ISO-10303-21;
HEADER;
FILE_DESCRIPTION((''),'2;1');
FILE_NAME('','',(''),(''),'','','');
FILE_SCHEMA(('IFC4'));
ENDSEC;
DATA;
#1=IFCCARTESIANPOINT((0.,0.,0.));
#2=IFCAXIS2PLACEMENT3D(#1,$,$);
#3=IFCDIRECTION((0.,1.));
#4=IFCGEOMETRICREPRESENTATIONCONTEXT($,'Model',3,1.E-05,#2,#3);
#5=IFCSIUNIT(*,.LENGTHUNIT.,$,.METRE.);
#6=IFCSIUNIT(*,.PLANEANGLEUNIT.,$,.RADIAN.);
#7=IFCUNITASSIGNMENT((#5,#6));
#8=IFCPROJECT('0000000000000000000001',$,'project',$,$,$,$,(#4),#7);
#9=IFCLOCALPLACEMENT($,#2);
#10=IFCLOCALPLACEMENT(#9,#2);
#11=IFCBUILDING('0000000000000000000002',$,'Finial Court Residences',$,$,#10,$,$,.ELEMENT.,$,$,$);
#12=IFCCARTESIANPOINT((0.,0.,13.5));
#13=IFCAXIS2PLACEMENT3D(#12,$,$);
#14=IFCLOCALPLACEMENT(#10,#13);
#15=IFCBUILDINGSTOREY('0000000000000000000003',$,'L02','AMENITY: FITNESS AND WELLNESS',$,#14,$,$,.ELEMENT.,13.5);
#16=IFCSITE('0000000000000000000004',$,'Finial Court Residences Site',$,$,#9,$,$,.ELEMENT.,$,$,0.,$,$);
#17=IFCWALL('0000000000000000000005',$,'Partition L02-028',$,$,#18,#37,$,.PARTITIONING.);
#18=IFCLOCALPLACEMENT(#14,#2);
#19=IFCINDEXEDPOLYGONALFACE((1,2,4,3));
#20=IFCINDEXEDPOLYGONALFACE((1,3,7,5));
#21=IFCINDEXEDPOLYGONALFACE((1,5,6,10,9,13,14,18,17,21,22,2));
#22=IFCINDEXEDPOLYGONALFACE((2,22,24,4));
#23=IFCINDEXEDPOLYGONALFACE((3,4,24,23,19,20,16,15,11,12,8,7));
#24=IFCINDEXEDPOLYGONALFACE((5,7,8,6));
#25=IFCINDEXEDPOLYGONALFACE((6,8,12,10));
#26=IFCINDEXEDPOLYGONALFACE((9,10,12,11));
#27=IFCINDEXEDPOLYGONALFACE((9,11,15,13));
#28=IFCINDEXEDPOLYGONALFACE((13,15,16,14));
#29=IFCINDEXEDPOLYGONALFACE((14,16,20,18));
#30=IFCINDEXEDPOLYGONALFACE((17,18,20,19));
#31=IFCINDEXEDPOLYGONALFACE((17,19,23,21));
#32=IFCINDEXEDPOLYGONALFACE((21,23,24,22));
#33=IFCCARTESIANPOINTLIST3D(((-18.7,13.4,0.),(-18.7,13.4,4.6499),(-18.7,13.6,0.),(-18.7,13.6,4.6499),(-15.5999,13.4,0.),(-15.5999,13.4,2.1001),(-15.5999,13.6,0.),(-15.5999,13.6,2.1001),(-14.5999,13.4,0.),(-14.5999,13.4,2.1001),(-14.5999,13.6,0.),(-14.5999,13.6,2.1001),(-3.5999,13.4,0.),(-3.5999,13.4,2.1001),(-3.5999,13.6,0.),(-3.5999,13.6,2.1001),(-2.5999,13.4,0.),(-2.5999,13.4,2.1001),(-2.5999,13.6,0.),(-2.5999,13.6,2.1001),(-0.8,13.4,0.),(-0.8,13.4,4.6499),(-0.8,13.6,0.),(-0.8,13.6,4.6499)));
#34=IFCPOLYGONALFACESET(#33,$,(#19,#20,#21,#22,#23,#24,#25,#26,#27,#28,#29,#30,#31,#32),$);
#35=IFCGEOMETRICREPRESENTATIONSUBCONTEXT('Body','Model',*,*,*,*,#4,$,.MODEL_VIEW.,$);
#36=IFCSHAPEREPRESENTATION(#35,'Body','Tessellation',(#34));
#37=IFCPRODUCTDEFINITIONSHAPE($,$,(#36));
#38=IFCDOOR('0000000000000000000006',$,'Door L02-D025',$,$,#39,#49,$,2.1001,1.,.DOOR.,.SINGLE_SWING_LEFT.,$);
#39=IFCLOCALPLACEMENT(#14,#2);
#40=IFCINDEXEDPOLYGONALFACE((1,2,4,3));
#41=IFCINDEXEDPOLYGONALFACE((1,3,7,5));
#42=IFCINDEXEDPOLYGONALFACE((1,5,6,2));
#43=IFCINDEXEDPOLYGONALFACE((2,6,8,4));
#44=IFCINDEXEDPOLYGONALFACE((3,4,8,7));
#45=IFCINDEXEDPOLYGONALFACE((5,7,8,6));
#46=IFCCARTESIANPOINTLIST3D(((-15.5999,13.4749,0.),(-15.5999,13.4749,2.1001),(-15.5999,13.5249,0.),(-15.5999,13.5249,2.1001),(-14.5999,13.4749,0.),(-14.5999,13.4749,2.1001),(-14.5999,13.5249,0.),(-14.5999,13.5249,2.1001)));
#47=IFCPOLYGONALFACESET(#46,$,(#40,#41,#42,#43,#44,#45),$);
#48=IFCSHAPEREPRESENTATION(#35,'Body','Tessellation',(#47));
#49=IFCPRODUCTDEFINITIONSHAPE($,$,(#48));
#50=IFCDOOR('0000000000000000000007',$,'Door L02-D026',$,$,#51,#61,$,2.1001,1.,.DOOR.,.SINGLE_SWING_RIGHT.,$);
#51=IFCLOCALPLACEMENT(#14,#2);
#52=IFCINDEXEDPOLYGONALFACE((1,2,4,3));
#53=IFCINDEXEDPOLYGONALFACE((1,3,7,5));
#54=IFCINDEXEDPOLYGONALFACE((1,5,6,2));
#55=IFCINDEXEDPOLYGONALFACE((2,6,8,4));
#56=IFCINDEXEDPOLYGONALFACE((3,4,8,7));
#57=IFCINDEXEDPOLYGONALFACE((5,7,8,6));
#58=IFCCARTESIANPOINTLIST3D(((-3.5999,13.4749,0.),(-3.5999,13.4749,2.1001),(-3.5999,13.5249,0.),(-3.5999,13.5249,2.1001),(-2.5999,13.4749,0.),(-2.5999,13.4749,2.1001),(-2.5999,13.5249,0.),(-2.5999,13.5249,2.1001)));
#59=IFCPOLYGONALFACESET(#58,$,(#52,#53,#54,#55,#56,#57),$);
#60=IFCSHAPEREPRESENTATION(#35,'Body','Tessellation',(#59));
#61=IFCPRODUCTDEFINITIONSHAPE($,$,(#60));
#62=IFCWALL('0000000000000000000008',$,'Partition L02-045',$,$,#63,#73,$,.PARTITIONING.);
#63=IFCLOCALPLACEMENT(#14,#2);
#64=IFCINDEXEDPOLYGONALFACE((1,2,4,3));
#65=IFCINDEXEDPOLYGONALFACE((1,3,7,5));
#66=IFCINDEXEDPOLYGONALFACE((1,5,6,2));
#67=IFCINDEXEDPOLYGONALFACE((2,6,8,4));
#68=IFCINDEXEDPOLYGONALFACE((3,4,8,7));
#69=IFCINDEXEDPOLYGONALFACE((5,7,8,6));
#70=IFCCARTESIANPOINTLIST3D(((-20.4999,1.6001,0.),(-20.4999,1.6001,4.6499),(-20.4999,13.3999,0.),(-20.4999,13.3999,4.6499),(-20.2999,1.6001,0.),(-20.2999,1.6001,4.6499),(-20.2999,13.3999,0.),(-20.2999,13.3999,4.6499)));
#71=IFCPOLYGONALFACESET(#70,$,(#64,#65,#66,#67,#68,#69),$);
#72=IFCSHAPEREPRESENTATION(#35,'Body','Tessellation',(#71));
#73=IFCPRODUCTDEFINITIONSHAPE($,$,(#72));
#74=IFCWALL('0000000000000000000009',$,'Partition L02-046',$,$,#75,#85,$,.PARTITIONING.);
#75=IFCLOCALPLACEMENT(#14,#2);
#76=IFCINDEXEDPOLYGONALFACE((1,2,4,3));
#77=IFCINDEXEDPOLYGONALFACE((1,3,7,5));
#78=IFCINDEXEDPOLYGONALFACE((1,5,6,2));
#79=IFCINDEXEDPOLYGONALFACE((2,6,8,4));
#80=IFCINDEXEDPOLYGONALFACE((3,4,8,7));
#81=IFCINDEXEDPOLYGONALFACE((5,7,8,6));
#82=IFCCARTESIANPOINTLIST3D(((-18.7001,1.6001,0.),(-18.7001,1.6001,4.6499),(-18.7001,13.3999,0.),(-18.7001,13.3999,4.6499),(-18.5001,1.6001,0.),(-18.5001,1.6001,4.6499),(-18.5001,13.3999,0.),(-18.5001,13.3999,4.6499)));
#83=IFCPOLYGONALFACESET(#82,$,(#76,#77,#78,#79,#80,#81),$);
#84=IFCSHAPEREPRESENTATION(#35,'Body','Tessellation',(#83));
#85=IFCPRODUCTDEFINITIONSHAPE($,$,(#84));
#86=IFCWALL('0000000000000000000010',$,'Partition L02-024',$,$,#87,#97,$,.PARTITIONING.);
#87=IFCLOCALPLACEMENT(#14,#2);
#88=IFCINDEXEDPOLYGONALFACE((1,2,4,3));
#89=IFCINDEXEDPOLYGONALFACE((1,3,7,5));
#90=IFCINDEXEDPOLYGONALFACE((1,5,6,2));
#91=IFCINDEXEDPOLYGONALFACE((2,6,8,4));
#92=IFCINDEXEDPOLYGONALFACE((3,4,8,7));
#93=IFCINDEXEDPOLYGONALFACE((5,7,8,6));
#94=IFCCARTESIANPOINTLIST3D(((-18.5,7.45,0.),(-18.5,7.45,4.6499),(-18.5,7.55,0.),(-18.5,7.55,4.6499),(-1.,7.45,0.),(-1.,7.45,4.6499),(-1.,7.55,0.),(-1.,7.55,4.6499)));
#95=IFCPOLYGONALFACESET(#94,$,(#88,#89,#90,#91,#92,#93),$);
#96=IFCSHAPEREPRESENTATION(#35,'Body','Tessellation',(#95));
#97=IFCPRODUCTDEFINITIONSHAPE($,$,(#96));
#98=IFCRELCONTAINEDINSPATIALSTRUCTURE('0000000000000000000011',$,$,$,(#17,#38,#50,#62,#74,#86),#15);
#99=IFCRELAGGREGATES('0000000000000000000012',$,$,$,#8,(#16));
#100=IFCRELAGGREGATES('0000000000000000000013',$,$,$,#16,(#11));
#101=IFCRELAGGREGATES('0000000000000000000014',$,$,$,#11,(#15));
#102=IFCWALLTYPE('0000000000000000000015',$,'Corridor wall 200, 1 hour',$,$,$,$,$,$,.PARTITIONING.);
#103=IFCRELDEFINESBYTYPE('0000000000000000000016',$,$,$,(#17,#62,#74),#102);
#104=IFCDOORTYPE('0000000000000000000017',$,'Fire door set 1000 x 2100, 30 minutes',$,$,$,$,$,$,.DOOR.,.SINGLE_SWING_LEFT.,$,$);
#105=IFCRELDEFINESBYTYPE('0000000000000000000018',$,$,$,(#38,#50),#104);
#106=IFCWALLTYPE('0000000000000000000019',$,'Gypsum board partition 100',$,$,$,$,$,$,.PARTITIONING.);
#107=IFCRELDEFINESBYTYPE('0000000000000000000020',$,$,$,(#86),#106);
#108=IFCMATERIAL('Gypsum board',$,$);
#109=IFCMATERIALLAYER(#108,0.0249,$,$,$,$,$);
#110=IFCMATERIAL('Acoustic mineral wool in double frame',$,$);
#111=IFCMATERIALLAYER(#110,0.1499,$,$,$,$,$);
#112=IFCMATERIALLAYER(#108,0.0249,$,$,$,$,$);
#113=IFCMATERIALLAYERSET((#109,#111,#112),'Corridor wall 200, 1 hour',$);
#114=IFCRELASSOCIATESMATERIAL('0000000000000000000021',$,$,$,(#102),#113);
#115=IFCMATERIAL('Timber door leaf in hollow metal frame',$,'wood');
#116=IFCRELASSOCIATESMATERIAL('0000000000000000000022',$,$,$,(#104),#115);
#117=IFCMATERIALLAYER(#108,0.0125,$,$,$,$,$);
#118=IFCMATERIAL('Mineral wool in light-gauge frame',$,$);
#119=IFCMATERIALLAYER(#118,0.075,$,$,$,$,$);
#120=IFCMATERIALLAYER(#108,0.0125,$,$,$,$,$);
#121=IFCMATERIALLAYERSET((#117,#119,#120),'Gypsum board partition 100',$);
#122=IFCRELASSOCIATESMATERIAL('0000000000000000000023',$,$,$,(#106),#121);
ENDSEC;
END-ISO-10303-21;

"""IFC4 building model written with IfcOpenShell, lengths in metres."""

from ifc_helpers import new_model, si_unit, direction, frame, frame_2d, origin, place, context, subcontext, project, spatial, rectangle, extrude, material, layer, layer_set, type_object, element, fill, save


model = new_model("IFC4")

# Units and contexts
model_context = context("Model", 3, precision=1e-05, world=origin(), true_north=direction((0.0, 1.0)))
body_context = subcontext(model_context, "Body", "Model", "MODEL_VIEW")
ifc_project = project(units=[si_unit("LENGTHUNIT", "METRE"), si_unit("PLANEANGLEUNIT", "RADIAN")], contexts=[model_context])

# Site, building, storey
site_placement = place(None, origin())
site = spatial("IfcSite", under=ifc_project, at=site_placement, Name="Finial Court Residences Site", CompositionType="ELEMENT", RefElevation=0.0)
building_placement = place(site_placement, origin())
building = spatial("IfcBuilding", under=site, at=building_placement, Name="Finial Court Residences", CompositionType="ELEMENT")
storey_placement = place(building_placement, frame((0.0, 0.0, 13.5)))
storey = spatial("IfcBuildingStorey", under=building, at=storey_placement, Name="L02", Description="AMENITY: FITNESS AND WELLNESS", CompositionType="ELEMENT", Elevation=13.5)

# Wall, openings, doors
ifc_material_1 = material(Name="Gypsum board")
ifc_layer_1 = layer(ifc_material_1, 0.0249)
ifc_material_2 = material(Name="Acoustic mineral wool in double frame")
ifc_layer_2 = layer(ifc_material_2, 0.1499)
ifc_layer_3 = layer(ifc_material_1, 0.0249)
ifc_layer_set_1 = layer_set([ifc_layer_1, ifc_layer_2, ifc_layer_3], Name="Corridor wall 200, 1 hour")
wall_type_1 = type_object("IfcWallType", Name="Corridor wall 200, 1 hour", PredefinedType="PARTITIONING", material=ifc_layer_set_1)
ifc_material_3 = material(Name="Timber door leaf in hollow metal frame", Category="wood")
door_type = type_object("IfcDoorType", Name="Fire door set 1000 x 2100, 30 minutes", OperationType="SINGLE_SWING_LEFT", PredefinedType="DOOR", material=ifc_material_3)
wall_1_placement = place(storey_placement, frame((-18.7, 13.5, 0.0), z_axis=(0.0, 0.0, 1.0), x_axis=(1.0, 0.0, 0.0)))
wall_1 = element("IfcWall", 1, at=wall_1_placement, inside=storey, type_object=wall_type_1, Name="Partition L02-028", PredefinedType="PARTITIONING", context=body_context, shape_type="SweptSolid", body=[
    extrude(rectangle(XDim=17.8999, YDim=0.2, at=frame_2d((8.95, 0.0))), origin(), (0.0, 0.0, 1.0), 4.6499),
])
opening_1_placement = place(wall_1_placement, frame((3.1001, 0.0, 0.0)))
opening_1 = element("IfcOpeningElement", 2, at=opening_1_placement, cuts=wall_1, PredefinedType="OPENING", context=body_context, shape_type="SweptSolid", body=[
    extrude(rectangle(XDim=1.0, YDim=2.1001, at=frame_2d((0.5, 1.05))), frame((0.0, 0.1099, 0.0), z_axis=(0.0, -1.0, 0.0), x_axis=(1.0, 0.0, 0.0)), (0.0, 0.0, 1.0), 0.22),
])
opening_2_placement = place(wall_1_placement, frame((15.1001, 0.0, 0.0)))
opening_2 = element("IfcOpeningElement", 3, at=opening_2_placement, cuts=wall_1, PredefinedType="OPENING", context=body_context, shape_type="SweptSolid", body=[
    extrude(rectangle(XDim=1.0, YDim=2.1001, at=frame_2d((0.5, 1.05))), frame((0.0, 0.1099, 0.0), z_axis=(0.0, -1.0, 0.0), x_axis=(1.0, 0.0, 0.0)), (0.0, 0.0, 1.0), 0.22),
])
door_1_placement = place(opening_1_placement, origin())
door_1 = element("IfcDoor", 4, at=door_1_placement, inside=storey, type_object=door_type, Name="Door L02-D025", OperationType="SINGLE_SWING_LEFT", OverallHeight=2.1001, OverallWidth=1.0, PredefinedType="DOOR", context=body_context, shape_type="SweptSolid", body=[
    extrude(rectangle(XDim=1.0, YDim=2.1001, at=frame_2d((0.5, 1.05))), frame((0.0, 0.0249, 0.0), z_axis=(0.0, -1.0, 0.0), x_axis=(1.0, 0.0, 0.0)), (0.0, 0.0, 1.0), 0.05),
])
fill(opening_1, door_1)
door_2_placement = place(opening_2_placement, origin())
door_2 = element("IfcDoor", 5, at=door_2_placement, inside=storey, type_object=door_type, Name="Door L02-D026", OperationType="SINGLE_SWING_RIGHT", OverallHeight=2.1001, OverallWidth=1.0, PredefinedType="DOOR", context=body_context, shape_type="SweptSolid", body=[
    extrude(rectangle(XDim=1.0, YDim=2.1001, at=frame_2d((0.5, 1.05))), frame((0.0, 0.0249, 0.0), z_axis=(0.0, -1.0, 0.0), x_axis=(1.0, 0.0, 0.0)), (0.0, 0.0, 1.0), 0.05),
])
fill(opening_2, door_2)

# Walls
for number, where, z_axis, x_axis, name in (
    (6, (-20.3999, 1.6001, 0.0), (0.0, 0.0, 1.0), (0.0, 1.0, 0.0), "Partition L02-045"),
    (7, (-18.6001, 1.6001, 0.0), (0.0, 0.0, 1.0), (0.0, 1.0, 0.0), "Partition L02-046"),
):
    element("IfcWall", number, at=place(storey_placement, frame(where, z_axis=z_axis, x_axis=x_axis)), inside=storey, type_object=wall_type_1, Name=name, PredefinedType="PARTITIONING", context=body_context, shape_type="SweptSolid", body=[
        extrude(rectangle(XDim=11.7998, YDim=0.2, at=frame_2d((5.8999, 0.0))), origin(), (0.0, 0.0, 1.0), 4.6499),
    ])
ifc_layer_4 = layer(ifc_material_1, 0.0125)
ifc_material_4 = material(Name="Mineral wool in light-gauge frame")
ifc_layer_5 = layer(ifc_material_4, 0.075)
ifc_layer_6 = layer(ifc_material_1, 0.0125)
ifc_layer_set_2 = layer_set([ifc_layer_4, ifc_layer_5, ifc_layer_6], Name="Gypsum board partition 100")
wall_type_2 = type_object("IfcWallType", Name="Gypsum board partition 100", PredefinedType="PARTITIONING", material=ifc_layer_set_2)
wall_2_placement = place(storey_placement, frame((-18.5, 7.5, 0.0), z_axis=(0.0, 0.0, 1.0), x_axis=(1.0, 0.0, 0.0)))
element("IfcWall", 8, at=wall_2_placement, inside=storey, type_object=wall_type_2, Name="Partition L02-024", PredefinedType="PARTITIONING", context=body_context, shape_type="SweptSolid", body=[
    extrude(rectangle(XDim=17.5, YDim=0.1001, at=frame_2d((8.75, 0.0))), origin(), (0.0, 0.0, 1.0), 4.6499),
])

save(model, "model.ifc")
